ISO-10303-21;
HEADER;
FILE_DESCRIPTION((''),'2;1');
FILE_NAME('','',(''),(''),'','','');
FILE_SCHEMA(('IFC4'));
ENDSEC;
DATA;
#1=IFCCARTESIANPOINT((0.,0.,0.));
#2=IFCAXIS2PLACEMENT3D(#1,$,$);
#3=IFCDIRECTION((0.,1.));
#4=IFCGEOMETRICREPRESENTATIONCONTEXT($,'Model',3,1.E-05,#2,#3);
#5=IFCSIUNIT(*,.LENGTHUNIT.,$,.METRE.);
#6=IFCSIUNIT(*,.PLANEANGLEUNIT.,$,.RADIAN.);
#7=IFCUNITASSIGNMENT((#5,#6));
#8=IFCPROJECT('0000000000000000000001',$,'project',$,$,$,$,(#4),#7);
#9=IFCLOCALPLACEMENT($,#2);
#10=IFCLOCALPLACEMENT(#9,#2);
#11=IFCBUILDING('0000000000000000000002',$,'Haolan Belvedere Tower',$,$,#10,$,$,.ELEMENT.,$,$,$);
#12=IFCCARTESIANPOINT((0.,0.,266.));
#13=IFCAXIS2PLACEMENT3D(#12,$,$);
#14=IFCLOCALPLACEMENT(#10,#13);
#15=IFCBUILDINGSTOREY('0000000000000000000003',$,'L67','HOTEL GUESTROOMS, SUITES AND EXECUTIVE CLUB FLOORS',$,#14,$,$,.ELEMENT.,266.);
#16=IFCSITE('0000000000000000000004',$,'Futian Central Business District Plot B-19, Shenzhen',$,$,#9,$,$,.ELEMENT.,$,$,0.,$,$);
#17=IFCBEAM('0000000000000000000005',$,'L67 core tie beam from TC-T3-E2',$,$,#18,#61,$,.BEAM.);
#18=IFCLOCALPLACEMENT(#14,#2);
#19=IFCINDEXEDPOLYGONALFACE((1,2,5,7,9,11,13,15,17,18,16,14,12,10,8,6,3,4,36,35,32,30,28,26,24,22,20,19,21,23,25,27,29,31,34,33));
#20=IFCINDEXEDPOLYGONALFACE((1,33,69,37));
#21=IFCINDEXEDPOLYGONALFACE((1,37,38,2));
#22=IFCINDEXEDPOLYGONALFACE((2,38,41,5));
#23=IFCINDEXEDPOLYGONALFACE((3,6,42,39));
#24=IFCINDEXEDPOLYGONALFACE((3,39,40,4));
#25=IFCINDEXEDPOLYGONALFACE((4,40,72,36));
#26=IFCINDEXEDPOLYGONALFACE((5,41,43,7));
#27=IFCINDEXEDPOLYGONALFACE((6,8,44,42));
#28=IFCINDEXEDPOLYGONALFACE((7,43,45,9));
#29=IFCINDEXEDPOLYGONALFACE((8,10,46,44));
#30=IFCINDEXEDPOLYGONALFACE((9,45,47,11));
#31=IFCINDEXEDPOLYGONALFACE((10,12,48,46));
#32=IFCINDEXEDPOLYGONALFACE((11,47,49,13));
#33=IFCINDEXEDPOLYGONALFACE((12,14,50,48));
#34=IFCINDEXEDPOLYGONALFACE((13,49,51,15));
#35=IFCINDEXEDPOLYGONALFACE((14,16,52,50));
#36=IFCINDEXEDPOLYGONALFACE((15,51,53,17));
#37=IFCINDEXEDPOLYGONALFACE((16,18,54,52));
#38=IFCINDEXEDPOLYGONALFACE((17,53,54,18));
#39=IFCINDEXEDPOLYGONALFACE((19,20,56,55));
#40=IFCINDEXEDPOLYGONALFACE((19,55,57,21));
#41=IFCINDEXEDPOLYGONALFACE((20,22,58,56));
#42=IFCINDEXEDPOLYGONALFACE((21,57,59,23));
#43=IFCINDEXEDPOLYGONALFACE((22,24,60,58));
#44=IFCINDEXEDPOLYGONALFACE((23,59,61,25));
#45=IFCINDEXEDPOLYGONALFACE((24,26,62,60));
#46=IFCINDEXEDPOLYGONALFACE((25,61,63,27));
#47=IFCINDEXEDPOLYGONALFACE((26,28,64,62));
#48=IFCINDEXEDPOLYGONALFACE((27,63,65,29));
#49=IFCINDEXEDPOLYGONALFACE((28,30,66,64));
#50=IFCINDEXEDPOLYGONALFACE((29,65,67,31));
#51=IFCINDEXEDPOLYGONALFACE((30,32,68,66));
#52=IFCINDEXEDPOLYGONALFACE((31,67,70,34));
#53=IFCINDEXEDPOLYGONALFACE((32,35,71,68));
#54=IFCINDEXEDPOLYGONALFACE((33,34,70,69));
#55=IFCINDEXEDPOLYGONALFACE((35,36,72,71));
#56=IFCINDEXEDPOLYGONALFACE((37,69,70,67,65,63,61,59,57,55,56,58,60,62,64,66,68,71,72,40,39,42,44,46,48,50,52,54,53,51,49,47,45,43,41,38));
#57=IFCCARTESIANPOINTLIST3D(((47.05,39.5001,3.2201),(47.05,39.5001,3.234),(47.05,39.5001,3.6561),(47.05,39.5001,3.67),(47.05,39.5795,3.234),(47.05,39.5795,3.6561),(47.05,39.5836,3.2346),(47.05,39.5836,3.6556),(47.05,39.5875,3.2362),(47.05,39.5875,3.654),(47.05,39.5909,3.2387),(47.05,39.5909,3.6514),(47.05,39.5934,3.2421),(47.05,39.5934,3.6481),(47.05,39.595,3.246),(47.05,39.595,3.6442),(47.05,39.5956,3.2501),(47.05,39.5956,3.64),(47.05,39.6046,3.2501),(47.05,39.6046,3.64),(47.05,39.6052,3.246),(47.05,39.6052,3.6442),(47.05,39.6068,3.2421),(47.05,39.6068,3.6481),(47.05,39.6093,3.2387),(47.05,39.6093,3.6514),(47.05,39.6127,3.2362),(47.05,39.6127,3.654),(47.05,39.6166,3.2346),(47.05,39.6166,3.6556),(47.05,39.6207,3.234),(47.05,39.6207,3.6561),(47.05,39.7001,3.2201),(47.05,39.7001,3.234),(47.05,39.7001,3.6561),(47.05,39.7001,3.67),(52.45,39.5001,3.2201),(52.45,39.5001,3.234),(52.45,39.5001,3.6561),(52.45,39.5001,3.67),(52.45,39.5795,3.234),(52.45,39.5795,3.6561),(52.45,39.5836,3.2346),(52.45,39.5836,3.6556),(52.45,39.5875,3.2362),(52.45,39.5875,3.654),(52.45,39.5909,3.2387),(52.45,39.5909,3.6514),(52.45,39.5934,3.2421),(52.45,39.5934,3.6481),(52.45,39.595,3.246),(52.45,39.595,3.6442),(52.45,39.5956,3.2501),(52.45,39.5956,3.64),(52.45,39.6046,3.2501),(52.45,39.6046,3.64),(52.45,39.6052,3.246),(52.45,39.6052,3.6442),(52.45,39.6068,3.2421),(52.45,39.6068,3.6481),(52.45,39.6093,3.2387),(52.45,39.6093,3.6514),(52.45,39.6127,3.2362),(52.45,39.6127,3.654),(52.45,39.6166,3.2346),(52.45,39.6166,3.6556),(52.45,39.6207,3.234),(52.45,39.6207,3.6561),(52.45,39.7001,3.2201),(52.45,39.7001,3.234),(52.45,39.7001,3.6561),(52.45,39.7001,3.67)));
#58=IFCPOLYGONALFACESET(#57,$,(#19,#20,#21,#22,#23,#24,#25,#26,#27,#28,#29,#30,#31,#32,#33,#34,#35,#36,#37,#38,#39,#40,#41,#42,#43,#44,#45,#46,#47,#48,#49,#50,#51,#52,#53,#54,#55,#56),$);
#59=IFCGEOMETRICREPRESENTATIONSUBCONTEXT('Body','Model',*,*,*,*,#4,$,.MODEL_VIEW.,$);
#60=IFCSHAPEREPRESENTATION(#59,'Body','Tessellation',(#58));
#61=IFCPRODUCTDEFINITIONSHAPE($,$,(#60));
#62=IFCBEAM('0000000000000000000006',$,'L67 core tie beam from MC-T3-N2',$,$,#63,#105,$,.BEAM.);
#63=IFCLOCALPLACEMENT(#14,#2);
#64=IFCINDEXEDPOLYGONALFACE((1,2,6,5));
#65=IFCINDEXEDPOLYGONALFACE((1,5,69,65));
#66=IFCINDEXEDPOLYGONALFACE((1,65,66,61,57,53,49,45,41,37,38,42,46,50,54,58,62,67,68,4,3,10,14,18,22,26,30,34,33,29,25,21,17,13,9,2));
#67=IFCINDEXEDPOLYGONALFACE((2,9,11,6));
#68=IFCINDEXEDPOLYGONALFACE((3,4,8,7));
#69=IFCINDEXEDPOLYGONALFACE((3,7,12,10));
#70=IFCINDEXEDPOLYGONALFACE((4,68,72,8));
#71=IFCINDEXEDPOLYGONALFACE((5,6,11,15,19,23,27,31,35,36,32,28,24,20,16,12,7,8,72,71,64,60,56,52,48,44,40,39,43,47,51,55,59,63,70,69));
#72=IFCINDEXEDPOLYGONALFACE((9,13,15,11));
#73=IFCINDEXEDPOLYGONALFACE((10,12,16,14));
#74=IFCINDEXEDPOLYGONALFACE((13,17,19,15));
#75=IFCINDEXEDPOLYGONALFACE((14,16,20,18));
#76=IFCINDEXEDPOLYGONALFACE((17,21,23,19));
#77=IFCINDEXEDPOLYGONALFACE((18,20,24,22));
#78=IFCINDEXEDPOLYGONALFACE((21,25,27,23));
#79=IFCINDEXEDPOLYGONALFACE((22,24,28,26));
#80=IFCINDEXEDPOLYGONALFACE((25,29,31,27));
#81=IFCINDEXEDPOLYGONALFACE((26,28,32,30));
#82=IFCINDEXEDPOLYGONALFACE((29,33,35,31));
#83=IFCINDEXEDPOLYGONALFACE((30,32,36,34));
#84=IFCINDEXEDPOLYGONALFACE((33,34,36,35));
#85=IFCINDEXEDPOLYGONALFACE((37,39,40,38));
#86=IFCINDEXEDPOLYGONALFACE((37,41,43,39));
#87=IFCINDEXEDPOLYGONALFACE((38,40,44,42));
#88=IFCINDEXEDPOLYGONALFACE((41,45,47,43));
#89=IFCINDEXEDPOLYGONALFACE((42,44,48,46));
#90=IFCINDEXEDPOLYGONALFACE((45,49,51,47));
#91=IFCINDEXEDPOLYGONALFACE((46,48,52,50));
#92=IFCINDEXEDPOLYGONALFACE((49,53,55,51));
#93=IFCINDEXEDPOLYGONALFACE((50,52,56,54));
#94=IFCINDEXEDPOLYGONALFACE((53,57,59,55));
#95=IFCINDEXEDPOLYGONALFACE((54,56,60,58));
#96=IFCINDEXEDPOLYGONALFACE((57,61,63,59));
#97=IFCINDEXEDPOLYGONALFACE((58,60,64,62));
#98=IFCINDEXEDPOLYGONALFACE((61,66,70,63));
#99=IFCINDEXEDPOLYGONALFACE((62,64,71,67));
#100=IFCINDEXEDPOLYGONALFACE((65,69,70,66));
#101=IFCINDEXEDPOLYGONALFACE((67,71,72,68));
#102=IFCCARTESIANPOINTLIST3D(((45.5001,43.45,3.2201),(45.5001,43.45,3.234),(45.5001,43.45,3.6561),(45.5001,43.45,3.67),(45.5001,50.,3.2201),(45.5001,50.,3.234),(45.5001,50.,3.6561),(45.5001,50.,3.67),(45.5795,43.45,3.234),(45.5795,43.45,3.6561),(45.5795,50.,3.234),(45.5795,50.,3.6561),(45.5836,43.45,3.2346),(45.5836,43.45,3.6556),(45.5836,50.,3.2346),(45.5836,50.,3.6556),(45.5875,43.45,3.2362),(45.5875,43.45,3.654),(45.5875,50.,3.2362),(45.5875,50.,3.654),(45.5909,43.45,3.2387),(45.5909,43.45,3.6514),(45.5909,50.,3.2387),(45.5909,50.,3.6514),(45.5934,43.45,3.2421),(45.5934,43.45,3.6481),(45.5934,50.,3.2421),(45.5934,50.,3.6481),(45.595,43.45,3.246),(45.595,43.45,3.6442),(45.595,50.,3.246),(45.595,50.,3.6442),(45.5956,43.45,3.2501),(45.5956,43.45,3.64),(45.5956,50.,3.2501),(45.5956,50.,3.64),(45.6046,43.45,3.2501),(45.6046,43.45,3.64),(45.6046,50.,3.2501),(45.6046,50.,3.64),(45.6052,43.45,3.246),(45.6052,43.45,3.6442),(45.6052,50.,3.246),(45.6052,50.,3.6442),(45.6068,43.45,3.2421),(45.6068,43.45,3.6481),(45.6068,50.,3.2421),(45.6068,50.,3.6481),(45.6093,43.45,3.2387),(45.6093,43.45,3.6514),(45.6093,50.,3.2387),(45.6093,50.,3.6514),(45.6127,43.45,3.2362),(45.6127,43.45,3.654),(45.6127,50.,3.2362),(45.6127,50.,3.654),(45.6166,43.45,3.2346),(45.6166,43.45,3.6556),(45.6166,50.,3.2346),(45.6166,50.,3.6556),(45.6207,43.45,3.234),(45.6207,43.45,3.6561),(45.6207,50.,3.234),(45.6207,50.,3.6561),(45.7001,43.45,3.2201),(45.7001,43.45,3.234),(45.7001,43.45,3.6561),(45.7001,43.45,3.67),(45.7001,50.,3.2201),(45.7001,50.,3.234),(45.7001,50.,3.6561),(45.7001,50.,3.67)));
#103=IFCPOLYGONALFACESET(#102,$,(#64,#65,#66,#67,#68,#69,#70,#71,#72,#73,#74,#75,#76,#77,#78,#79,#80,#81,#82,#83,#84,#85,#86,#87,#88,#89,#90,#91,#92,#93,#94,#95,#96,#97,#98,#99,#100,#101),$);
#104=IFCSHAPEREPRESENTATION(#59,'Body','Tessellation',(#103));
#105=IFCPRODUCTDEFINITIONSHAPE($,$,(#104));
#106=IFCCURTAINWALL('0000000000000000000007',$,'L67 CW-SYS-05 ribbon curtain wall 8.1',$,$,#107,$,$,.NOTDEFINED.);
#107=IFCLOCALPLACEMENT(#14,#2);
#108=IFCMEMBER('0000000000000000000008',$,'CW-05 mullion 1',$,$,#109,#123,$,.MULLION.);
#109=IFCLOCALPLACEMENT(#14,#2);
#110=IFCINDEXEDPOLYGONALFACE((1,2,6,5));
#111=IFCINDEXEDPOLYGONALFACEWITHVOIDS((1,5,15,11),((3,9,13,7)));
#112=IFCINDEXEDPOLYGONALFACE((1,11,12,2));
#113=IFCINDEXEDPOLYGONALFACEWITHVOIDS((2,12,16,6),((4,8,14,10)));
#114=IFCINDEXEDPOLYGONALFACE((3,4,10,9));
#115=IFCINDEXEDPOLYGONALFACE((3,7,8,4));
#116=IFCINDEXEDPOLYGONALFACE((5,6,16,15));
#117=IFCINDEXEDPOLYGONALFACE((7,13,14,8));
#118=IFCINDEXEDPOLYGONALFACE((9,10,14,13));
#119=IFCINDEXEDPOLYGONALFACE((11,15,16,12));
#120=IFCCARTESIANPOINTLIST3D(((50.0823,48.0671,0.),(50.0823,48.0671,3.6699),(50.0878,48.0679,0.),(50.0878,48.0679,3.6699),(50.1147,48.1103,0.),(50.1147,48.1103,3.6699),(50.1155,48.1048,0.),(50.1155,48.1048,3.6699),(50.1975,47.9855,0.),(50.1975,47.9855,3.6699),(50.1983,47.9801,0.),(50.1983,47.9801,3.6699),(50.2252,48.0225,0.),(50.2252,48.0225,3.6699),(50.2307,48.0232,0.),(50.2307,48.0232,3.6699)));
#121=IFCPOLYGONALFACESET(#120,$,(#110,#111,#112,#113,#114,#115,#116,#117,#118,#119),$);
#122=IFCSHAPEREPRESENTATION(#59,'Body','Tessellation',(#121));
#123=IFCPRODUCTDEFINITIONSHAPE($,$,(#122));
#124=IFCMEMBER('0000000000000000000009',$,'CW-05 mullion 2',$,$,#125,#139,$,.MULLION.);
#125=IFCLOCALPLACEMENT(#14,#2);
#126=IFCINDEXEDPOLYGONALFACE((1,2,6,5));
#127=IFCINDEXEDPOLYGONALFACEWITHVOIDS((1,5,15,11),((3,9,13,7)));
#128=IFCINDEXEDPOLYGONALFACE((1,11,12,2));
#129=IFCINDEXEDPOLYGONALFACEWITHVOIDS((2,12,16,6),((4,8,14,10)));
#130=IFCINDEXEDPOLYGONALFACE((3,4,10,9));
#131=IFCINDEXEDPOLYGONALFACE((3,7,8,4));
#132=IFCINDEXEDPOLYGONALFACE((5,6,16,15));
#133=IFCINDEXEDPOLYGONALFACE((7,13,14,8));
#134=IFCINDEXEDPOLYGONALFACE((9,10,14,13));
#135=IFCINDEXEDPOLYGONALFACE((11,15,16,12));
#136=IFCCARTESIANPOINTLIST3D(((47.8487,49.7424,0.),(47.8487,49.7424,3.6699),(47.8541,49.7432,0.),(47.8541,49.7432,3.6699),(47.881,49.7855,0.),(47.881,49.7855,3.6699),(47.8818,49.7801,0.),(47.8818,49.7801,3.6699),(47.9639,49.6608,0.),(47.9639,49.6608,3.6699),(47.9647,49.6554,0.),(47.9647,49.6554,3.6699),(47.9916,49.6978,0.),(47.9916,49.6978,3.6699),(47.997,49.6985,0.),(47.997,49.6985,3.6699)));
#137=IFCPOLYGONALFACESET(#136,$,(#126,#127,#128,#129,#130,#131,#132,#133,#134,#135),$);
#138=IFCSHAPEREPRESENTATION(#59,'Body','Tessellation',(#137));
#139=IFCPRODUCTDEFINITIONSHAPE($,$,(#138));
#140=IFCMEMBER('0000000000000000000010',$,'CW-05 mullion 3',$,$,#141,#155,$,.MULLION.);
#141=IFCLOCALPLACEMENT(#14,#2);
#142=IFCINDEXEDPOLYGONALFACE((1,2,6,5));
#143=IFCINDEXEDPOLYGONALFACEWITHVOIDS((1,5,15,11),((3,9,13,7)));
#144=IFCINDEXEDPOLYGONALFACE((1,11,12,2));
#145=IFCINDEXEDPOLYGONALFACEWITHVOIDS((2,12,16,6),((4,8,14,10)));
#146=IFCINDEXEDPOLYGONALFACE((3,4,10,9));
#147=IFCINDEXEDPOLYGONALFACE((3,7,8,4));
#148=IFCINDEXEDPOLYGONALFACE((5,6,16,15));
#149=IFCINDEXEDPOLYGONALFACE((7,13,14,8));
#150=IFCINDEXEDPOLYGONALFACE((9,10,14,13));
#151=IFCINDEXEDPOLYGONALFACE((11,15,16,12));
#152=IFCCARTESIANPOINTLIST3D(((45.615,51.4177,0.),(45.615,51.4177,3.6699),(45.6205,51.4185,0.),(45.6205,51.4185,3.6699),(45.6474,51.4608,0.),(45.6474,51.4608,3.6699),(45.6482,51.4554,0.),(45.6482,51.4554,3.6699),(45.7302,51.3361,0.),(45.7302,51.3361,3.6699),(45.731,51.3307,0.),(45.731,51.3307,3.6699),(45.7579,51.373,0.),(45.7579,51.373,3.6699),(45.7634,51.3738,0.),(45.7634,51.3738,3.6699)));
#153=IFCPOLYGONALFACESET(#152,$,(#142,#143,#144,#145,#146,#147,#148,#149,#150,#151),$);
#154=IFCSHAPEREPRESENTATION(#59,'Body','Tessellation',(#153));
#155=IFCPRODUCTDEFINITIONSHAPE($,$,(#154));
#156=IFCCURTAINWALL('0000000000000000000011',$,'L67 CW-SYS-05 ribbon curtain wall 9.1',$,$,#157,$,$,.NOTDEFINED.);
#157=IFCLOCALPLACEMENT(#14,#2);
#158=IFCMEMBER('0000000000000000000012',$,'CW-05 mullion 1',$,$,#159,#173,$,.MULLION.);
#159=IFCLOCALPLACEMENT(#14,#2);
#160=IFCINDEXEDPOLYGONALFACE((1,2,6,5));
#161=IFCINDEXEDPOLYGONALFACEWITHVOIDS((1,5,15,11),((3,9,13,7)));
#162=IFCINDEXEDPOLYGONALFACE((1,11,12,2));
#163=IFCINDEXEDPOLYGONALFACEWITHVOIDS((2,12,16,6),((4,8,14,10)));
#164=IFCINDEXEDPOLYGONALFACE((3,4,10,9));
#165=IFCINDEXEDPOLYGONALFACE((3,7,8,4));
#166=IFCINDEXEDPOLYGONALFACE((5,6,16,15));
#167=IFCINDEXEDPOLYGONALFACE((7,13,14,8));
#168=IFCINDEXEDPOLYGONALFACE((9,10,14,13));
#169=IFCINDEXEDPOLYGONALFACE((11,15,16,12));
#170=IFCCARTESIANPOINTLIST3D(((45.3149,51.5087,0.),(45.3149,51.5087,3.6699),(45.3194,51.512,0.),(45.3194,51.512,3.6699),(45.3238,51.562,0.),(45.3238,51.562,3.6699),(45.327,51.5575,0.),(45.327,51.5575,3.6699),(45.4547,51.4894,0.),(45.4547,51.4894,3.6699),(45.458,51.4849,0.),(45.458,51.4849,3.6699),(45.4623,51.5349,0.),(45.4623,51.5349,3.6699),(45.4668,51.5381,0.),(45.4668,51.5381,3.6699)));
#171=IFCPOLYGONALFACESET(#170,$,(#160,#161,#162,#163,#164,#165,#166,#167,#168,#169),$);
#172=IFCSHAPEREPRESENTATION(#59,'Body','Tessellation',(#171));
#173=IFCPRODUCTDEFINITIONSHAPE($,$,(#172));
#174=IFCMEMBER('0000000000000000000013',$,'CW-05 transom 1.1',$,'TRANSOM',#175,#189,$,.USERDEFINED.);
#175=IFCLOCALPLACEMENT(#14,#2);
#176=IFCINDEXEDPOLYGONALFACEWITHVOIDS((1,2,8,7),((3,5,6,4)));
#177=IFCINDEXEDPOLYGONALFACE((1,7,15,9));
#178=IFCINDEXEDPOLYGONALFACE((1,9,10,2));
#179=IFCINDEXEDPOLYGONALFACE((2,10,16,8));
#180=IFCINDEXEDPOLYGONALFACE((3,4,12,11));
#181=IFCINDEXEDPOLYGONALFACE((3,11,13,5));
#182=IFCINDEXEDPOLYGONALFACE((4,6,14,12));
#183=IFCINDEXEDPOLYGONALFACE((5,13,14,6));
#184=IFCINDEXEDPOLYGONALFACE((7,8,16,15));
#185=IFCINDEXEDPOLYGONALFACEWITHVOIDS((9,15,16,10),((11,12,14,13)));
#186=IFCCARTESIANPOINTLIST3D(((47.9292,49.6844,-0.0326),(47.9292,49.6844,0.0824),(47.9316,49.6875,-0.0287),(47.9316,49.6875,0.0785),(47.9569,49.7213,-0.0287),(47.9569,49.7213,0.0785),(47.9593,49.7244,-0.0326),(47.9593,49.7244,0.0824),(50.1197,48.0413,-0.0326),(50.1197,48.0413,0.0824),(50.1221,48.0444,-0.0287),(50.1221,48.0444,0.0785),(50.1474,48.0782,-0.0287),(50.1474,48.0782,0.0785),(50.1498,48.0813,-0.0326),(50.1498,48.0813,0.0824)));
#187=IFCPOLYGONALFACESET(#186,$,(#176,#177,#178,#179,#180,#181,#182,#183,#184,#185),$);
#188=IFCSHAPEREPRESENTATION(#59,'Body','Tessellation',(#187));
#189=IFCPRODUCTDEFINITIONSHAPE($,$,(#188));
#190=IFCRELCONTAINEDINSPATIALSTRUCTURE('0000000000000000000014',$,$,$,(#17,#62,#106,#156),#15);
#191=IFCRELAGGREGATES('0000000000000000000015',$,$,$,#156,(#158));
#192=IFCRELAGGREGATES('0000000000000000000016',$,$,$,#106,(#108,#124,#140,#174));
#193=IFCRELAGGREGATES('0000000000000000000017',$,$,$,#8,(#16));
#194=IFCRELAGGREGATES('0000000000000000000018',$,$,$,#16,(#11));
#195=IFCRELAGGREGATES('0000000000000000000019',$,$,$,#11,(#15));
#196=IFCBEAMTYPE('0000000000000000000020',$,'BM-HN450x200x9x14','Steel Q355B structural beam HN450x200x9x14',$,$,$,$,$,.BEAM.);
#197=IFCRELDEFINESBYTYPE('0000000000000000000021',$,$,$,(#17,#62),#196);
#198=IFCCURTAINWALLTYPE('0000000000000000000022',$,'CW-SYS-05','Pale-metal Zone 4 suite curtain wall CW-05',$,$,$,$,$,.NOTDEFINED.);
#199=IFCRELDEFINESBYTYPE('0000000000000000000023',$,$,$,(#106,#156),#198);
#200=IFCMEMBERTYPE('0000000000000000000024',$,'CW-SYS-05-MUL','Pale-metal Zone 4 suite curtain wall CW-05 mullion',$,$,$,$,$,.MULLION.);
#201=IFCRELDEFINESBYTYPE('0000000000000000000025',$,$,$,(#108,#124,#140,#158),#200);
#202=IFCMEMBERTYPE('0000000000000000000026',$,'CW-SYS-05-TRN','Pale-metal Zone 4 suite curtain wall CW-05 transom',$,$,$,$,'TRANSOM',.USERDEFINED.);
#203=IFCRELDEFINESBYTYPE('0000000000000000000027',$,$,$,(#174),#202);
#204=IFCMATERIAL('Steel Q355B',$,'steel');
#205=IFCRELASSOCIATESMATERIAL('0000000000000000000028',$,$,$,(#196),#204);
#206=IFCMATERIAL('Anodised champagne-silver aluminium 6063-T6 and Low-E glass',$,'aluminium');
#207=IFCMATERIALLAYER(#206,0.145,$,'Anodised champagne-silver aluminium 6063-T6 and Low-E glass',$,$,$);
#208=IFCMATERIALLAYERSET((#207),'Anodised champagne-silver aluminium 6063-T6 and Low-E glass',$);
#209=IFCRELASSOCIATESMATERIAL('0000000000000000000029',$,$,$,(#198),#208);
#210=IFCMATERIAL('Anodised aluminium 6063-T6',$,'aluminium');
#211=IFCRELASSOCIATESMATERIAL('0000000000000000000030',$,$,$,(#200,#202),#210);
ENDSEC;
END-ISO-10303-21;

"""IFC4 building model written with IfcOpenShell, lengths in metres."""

from ifc_helpers import new_model, si_unit, direction, frame, origin, origin_2d, place, context, subcontext, project, spatial, hollow_rectangle, i_section, extrude, material, layer, layer_set, material_profile, profile_set, type_object, element, aggregate, save


model = new_model("IFC4")

# Units and contexts
model_context = context("Model", 3, precision=1e-05, world=origin(), true_north=direction((0.0, 1.0)))
body_context = subcontext(model_context, "Body", "Model", "MODEL_VIEW")
ifc_project = project(units=[si_unit("LENGTHUNIT", "METRE"), si_unit("PLANEANGLEUNIT", "RADIAN")], contexts=[model_context])

# Site, building, storey
site_placement = place(None, origin())
site = spatial("IfcSite", under=ifc_project, at=site_placement, Name="Futian Central Business District Plot B-19, Shenzhen", CompositionType="ELEMENT", RefElevation=0.0)
building_placement = place(site_placement, origin())
building = spatial("IfcBuilding", under=site, at=building_placement, Name="Haolan Belvedere Tower", CompositionType="ELEMENT")
storey_placement = place(building_placement, frame((0.0, 0.0, 266.0)))
storey = spatial("IfcBuildingStorey", under=building, at=storey_placement, Name="L67", Description="HOTEL GUESTROOMS, SUITES AND EXECUTIVE CLUB FLOORS", CompositionType="ELEMENT", Elevation=266.0)

# Beams
ifc_material_1 = material(Name="Steel Q355B", Category="steel")
ifc_material_profile_1 = material_profile(ifc_material_1, i_section(OverallWidth=0.2, OverallDepth=0.45, WebThickness=0.009, FlangeThickness=0.0139, FilletRadius=0.0161, at=origin_2d()), Name="Steel Q355B")
ifc_profile_set_1 = profile_set([ifc_material_profile_1], Name="Steel Q355B")
beam_type_1 = type_object("IfcBeamType", Name="BM-HN450x200x9x14", Description="Steel Q355B structural beam HN450x200x9x14", PredefinedType="BEAM", material=ifc_profile_set_1)
beam_1_placement = place(storey_placement, frame((52.45, 39.6001, 3.4451), z_axis=(-1.0, 0.0, 0.0), x_axis=(0.0, -1.0, 0.0)))
element("IfcBeam", 1, at=beam_1_placement, inside=storey, type_object=beam_type_1, Name="L67 core tie beam from TC-T3-E2", PredefinedType="BEAM", context=body_context, shape_type="SweptSolid", body=[
    extrude(i_section(OverallWidth=0.2, OverallDepth=0.45, WebThickness=0.009, FlangeThickness=0.0139, FilletRadius=0.0161, at=origin_2d()), origin(), (0.0, 0.0, 1.0), 5.3999),
])
beam_2_placement = place(storey_placement, frame((45.6001, 50.0, 3.4451), z_axis=(0.0, -1.0, 0.0), x_axis=(1.0, 0.0, 0.0)))
element("IfcBeam", 2, at=beam_2_placement, inside=storey, type_object=beam_type_1, Name="L67 core tie beam from MC-T3-N2", PredefinedType="BEAM", context=body_context, shape_type="SweptSolid", body=[
    extrude(i_section(OverallWidth=0.2, OverallDepth=0.45, WebThickness=0.009, FlangeThickness=0.0139, FilletRadius=0.0161, at=origin_2d()), origin(), (0.0, 0.0, 1.0), 6.55),
])

# Curtain wall, members
ifc_material_2 = material(Name="Anodised champagne-silver aluminium 6063-T6 and Low-E glass", Category="aluminium")
ifc_layer_1 = layer(ifc_material_2, 0.145, Name="Anodised champagne-silver aluminium 6063-T6 and Low-E glass")
ifc_layer_set_1 = layer_set([ifc_layer_1], Name="Anodised champagne-silver aluminium 6063-T6 and Low-E glass")
curtain_wall_type = type_object("IfcCurtainWallType", Name="CW-SYS-05", Description="Pale-metal Zone 4 suite curtain wall CW-05", PredefinedType="NOTDEFINED", material=ifc_layer_set_1)
curtain_wall_1_placement = place(storey_placement, origin())
curtain_wall_1 = element("IfcCurtainWall", 3, at=curtain_wall_1_placement, inside=storey, type_object=curtain_wall_type, Name="L67 CW-SYS-05 ribbon curtain wall 8.1", PredefinedType="NOTDEFINED")
ifc_material_3 = material(Name="Anodised aluminium 6063-T6", Category="aluminium")
ifc_material_profile_2 = material_profile(ifc_material_3, hollow_rectangle(XDim=0.054, YDim=0.145, WallThickness=0.0039, at=origin_2d()), Name="Anodised aluminium 6063-T6")
ifc_profile_set_2 = profile_set([ifc_material_profile_2], Name="Anodised aluminium 6063-T6")
member_type_1 = type_object("IfcMemberType", Name="CW-SYS-05-MUL", Description="Pale-metal Zone 4 suite curtain wall CW-05 mullion", PredefinedType="MULLION", material=ifc_profile_set_2)
member_1_placement = place(storey_placement, frame((50.1565, 48.0452, 0.0), z_axis=(0.0, 0.0, 1.0), x_axis=(-0.600003, -0.799998, 0.0)))
member_1 = element("IfcMember", 4, at=member_1_placement, type_object=member_type_1, Name="CW-05 mullion 1", PredefinedType="MULLION", context=body_context, shape_type="SweptSolid", body=[
    extrude(hollow_rectangle(XDim=0.054, YDim=0.145, WallThickness=0.0039, at=origin_2d()), origin(), (0.0, 0.0, 1.0), 3.6699),
])
member_2_placement = place(storey_placement, frame((47.9229, 49.7205, 0.0), z_axis=(0.0, 0.0, 1.0), x_axis=(-0.600003, -0.799998, 0.0)))
member_2 = element("IfcMember", 5, at=member_2_placement, type_object=member_type_1, Name="CW-05 mullion 2", PredefinedType="MULLION", context=body_context, shape_type="SweptSolid", body=[
    extrude(hollow_rectangle(XDim=0.054, YDim=0.145, WallThickness=0.0039, at=origin_2d()), origin(), (0.0, 0.0, 1.0), 3.6699),
])
member_3_placement = place(storey_placement, frame((45.6892, 51.3958, 0.0), z_axis=(0.0, 0.0, 1.0), x_axis=(-0.600003, -0.799998, 0.0)))
member_3 = element("IfcMember", 6, at=member_3_placement, type_object=member_type_1, Name="CW-05 mullion 3", PredefinedType="MULLION", context=body_context, shape_type="SweptSolid", body=[
    extrude(hollow_rectangle(XDim=0.054, YDim=0.145, WallThickness=0.0039, at=origin_2d()), origin(), (0.0, 0.0, 1.0), 3.6699),
])

# Curtain wall, member
curtain_wall_2_placement = place(storey_placement, origin())
curtain_wall_2 = element("IfcCurtainWall", 7, at=curtain_wall_2_placement, inside=storey, type_object=curtain_wall_type, Name="L67 CW-SYS-05 ribbon curtain wall 9.1", PredefinedType="NOTDEFINED")
member_4_placement = place(storey_placement, frame((45.3909, 51.5234, 0.0), z_axis=(0.0, 0.0, 1.0), x_axis=(-0.164406, -0.986393, 0.0)))
member_4 = element("IfcMember", 8, at=member_4_placement, type_object=member_type_1, Name="CW-05 mullion 1", PredefinedType="MULLION", context=body_context, shape_type="SweptSolid", body=[
    extrude(hollow_rectangle(XDim=0.054, YDim=0.145, WallThickness=0.0039, at=origin_2d()), origin(), (0.0, 0.0, 1.0), 3.6699),
])

# Member
ifc_material_profile_3 = material_profile(ifc_material_3, hollow_rectangle(XDim=0.05, YDim=0.115, WallThickness=0.0039, at=origin_2d()), Name="Anodised aluminium 6063-T6")
ifc_profile_set_3 = profile_set([ifc_material_profile_3], Name="Anodised aluminium 6063-T6")
member_type_2 = type_object("IfcMemberType", Name="CW-SYS-05-TRN", Description="Pale-metal Zone 4 suite curtain wall CW-05 transom", ElementType="TRANSOM", PredefinedType="USERDEFINED", material=ifc_profile_set_3)
member_5_placement = place(storey_placement, frame((50.1348, 48.0613, 0.0249), z_axis=(-0.799957, 0.600057, 0.0), x_axis=(-0.600057, -0.799957, 0.0)))
member_5 = element("IfcMember", 9, at=member_5_placement, type_object=member_type_2, Name="CW-05 transom 1.1", ObjectType="TRANSOM", PredefinedType="USERDEFINED", context=body_context, shape_type="SweptSolid", body=[
    extrude(hollow_rectangle(XDim=0.05, YDim=0.115, WallThickness=0.0039, at=origin_2d()), origin(), (0.0, 0.0, 1.0), 2.7383),
])
aggregate(curtain_wall_2, [member_4])

aggregate(curtain_wall_1, [member_1, member_2, member_3, member_5])

save(model, "model.ifc")
